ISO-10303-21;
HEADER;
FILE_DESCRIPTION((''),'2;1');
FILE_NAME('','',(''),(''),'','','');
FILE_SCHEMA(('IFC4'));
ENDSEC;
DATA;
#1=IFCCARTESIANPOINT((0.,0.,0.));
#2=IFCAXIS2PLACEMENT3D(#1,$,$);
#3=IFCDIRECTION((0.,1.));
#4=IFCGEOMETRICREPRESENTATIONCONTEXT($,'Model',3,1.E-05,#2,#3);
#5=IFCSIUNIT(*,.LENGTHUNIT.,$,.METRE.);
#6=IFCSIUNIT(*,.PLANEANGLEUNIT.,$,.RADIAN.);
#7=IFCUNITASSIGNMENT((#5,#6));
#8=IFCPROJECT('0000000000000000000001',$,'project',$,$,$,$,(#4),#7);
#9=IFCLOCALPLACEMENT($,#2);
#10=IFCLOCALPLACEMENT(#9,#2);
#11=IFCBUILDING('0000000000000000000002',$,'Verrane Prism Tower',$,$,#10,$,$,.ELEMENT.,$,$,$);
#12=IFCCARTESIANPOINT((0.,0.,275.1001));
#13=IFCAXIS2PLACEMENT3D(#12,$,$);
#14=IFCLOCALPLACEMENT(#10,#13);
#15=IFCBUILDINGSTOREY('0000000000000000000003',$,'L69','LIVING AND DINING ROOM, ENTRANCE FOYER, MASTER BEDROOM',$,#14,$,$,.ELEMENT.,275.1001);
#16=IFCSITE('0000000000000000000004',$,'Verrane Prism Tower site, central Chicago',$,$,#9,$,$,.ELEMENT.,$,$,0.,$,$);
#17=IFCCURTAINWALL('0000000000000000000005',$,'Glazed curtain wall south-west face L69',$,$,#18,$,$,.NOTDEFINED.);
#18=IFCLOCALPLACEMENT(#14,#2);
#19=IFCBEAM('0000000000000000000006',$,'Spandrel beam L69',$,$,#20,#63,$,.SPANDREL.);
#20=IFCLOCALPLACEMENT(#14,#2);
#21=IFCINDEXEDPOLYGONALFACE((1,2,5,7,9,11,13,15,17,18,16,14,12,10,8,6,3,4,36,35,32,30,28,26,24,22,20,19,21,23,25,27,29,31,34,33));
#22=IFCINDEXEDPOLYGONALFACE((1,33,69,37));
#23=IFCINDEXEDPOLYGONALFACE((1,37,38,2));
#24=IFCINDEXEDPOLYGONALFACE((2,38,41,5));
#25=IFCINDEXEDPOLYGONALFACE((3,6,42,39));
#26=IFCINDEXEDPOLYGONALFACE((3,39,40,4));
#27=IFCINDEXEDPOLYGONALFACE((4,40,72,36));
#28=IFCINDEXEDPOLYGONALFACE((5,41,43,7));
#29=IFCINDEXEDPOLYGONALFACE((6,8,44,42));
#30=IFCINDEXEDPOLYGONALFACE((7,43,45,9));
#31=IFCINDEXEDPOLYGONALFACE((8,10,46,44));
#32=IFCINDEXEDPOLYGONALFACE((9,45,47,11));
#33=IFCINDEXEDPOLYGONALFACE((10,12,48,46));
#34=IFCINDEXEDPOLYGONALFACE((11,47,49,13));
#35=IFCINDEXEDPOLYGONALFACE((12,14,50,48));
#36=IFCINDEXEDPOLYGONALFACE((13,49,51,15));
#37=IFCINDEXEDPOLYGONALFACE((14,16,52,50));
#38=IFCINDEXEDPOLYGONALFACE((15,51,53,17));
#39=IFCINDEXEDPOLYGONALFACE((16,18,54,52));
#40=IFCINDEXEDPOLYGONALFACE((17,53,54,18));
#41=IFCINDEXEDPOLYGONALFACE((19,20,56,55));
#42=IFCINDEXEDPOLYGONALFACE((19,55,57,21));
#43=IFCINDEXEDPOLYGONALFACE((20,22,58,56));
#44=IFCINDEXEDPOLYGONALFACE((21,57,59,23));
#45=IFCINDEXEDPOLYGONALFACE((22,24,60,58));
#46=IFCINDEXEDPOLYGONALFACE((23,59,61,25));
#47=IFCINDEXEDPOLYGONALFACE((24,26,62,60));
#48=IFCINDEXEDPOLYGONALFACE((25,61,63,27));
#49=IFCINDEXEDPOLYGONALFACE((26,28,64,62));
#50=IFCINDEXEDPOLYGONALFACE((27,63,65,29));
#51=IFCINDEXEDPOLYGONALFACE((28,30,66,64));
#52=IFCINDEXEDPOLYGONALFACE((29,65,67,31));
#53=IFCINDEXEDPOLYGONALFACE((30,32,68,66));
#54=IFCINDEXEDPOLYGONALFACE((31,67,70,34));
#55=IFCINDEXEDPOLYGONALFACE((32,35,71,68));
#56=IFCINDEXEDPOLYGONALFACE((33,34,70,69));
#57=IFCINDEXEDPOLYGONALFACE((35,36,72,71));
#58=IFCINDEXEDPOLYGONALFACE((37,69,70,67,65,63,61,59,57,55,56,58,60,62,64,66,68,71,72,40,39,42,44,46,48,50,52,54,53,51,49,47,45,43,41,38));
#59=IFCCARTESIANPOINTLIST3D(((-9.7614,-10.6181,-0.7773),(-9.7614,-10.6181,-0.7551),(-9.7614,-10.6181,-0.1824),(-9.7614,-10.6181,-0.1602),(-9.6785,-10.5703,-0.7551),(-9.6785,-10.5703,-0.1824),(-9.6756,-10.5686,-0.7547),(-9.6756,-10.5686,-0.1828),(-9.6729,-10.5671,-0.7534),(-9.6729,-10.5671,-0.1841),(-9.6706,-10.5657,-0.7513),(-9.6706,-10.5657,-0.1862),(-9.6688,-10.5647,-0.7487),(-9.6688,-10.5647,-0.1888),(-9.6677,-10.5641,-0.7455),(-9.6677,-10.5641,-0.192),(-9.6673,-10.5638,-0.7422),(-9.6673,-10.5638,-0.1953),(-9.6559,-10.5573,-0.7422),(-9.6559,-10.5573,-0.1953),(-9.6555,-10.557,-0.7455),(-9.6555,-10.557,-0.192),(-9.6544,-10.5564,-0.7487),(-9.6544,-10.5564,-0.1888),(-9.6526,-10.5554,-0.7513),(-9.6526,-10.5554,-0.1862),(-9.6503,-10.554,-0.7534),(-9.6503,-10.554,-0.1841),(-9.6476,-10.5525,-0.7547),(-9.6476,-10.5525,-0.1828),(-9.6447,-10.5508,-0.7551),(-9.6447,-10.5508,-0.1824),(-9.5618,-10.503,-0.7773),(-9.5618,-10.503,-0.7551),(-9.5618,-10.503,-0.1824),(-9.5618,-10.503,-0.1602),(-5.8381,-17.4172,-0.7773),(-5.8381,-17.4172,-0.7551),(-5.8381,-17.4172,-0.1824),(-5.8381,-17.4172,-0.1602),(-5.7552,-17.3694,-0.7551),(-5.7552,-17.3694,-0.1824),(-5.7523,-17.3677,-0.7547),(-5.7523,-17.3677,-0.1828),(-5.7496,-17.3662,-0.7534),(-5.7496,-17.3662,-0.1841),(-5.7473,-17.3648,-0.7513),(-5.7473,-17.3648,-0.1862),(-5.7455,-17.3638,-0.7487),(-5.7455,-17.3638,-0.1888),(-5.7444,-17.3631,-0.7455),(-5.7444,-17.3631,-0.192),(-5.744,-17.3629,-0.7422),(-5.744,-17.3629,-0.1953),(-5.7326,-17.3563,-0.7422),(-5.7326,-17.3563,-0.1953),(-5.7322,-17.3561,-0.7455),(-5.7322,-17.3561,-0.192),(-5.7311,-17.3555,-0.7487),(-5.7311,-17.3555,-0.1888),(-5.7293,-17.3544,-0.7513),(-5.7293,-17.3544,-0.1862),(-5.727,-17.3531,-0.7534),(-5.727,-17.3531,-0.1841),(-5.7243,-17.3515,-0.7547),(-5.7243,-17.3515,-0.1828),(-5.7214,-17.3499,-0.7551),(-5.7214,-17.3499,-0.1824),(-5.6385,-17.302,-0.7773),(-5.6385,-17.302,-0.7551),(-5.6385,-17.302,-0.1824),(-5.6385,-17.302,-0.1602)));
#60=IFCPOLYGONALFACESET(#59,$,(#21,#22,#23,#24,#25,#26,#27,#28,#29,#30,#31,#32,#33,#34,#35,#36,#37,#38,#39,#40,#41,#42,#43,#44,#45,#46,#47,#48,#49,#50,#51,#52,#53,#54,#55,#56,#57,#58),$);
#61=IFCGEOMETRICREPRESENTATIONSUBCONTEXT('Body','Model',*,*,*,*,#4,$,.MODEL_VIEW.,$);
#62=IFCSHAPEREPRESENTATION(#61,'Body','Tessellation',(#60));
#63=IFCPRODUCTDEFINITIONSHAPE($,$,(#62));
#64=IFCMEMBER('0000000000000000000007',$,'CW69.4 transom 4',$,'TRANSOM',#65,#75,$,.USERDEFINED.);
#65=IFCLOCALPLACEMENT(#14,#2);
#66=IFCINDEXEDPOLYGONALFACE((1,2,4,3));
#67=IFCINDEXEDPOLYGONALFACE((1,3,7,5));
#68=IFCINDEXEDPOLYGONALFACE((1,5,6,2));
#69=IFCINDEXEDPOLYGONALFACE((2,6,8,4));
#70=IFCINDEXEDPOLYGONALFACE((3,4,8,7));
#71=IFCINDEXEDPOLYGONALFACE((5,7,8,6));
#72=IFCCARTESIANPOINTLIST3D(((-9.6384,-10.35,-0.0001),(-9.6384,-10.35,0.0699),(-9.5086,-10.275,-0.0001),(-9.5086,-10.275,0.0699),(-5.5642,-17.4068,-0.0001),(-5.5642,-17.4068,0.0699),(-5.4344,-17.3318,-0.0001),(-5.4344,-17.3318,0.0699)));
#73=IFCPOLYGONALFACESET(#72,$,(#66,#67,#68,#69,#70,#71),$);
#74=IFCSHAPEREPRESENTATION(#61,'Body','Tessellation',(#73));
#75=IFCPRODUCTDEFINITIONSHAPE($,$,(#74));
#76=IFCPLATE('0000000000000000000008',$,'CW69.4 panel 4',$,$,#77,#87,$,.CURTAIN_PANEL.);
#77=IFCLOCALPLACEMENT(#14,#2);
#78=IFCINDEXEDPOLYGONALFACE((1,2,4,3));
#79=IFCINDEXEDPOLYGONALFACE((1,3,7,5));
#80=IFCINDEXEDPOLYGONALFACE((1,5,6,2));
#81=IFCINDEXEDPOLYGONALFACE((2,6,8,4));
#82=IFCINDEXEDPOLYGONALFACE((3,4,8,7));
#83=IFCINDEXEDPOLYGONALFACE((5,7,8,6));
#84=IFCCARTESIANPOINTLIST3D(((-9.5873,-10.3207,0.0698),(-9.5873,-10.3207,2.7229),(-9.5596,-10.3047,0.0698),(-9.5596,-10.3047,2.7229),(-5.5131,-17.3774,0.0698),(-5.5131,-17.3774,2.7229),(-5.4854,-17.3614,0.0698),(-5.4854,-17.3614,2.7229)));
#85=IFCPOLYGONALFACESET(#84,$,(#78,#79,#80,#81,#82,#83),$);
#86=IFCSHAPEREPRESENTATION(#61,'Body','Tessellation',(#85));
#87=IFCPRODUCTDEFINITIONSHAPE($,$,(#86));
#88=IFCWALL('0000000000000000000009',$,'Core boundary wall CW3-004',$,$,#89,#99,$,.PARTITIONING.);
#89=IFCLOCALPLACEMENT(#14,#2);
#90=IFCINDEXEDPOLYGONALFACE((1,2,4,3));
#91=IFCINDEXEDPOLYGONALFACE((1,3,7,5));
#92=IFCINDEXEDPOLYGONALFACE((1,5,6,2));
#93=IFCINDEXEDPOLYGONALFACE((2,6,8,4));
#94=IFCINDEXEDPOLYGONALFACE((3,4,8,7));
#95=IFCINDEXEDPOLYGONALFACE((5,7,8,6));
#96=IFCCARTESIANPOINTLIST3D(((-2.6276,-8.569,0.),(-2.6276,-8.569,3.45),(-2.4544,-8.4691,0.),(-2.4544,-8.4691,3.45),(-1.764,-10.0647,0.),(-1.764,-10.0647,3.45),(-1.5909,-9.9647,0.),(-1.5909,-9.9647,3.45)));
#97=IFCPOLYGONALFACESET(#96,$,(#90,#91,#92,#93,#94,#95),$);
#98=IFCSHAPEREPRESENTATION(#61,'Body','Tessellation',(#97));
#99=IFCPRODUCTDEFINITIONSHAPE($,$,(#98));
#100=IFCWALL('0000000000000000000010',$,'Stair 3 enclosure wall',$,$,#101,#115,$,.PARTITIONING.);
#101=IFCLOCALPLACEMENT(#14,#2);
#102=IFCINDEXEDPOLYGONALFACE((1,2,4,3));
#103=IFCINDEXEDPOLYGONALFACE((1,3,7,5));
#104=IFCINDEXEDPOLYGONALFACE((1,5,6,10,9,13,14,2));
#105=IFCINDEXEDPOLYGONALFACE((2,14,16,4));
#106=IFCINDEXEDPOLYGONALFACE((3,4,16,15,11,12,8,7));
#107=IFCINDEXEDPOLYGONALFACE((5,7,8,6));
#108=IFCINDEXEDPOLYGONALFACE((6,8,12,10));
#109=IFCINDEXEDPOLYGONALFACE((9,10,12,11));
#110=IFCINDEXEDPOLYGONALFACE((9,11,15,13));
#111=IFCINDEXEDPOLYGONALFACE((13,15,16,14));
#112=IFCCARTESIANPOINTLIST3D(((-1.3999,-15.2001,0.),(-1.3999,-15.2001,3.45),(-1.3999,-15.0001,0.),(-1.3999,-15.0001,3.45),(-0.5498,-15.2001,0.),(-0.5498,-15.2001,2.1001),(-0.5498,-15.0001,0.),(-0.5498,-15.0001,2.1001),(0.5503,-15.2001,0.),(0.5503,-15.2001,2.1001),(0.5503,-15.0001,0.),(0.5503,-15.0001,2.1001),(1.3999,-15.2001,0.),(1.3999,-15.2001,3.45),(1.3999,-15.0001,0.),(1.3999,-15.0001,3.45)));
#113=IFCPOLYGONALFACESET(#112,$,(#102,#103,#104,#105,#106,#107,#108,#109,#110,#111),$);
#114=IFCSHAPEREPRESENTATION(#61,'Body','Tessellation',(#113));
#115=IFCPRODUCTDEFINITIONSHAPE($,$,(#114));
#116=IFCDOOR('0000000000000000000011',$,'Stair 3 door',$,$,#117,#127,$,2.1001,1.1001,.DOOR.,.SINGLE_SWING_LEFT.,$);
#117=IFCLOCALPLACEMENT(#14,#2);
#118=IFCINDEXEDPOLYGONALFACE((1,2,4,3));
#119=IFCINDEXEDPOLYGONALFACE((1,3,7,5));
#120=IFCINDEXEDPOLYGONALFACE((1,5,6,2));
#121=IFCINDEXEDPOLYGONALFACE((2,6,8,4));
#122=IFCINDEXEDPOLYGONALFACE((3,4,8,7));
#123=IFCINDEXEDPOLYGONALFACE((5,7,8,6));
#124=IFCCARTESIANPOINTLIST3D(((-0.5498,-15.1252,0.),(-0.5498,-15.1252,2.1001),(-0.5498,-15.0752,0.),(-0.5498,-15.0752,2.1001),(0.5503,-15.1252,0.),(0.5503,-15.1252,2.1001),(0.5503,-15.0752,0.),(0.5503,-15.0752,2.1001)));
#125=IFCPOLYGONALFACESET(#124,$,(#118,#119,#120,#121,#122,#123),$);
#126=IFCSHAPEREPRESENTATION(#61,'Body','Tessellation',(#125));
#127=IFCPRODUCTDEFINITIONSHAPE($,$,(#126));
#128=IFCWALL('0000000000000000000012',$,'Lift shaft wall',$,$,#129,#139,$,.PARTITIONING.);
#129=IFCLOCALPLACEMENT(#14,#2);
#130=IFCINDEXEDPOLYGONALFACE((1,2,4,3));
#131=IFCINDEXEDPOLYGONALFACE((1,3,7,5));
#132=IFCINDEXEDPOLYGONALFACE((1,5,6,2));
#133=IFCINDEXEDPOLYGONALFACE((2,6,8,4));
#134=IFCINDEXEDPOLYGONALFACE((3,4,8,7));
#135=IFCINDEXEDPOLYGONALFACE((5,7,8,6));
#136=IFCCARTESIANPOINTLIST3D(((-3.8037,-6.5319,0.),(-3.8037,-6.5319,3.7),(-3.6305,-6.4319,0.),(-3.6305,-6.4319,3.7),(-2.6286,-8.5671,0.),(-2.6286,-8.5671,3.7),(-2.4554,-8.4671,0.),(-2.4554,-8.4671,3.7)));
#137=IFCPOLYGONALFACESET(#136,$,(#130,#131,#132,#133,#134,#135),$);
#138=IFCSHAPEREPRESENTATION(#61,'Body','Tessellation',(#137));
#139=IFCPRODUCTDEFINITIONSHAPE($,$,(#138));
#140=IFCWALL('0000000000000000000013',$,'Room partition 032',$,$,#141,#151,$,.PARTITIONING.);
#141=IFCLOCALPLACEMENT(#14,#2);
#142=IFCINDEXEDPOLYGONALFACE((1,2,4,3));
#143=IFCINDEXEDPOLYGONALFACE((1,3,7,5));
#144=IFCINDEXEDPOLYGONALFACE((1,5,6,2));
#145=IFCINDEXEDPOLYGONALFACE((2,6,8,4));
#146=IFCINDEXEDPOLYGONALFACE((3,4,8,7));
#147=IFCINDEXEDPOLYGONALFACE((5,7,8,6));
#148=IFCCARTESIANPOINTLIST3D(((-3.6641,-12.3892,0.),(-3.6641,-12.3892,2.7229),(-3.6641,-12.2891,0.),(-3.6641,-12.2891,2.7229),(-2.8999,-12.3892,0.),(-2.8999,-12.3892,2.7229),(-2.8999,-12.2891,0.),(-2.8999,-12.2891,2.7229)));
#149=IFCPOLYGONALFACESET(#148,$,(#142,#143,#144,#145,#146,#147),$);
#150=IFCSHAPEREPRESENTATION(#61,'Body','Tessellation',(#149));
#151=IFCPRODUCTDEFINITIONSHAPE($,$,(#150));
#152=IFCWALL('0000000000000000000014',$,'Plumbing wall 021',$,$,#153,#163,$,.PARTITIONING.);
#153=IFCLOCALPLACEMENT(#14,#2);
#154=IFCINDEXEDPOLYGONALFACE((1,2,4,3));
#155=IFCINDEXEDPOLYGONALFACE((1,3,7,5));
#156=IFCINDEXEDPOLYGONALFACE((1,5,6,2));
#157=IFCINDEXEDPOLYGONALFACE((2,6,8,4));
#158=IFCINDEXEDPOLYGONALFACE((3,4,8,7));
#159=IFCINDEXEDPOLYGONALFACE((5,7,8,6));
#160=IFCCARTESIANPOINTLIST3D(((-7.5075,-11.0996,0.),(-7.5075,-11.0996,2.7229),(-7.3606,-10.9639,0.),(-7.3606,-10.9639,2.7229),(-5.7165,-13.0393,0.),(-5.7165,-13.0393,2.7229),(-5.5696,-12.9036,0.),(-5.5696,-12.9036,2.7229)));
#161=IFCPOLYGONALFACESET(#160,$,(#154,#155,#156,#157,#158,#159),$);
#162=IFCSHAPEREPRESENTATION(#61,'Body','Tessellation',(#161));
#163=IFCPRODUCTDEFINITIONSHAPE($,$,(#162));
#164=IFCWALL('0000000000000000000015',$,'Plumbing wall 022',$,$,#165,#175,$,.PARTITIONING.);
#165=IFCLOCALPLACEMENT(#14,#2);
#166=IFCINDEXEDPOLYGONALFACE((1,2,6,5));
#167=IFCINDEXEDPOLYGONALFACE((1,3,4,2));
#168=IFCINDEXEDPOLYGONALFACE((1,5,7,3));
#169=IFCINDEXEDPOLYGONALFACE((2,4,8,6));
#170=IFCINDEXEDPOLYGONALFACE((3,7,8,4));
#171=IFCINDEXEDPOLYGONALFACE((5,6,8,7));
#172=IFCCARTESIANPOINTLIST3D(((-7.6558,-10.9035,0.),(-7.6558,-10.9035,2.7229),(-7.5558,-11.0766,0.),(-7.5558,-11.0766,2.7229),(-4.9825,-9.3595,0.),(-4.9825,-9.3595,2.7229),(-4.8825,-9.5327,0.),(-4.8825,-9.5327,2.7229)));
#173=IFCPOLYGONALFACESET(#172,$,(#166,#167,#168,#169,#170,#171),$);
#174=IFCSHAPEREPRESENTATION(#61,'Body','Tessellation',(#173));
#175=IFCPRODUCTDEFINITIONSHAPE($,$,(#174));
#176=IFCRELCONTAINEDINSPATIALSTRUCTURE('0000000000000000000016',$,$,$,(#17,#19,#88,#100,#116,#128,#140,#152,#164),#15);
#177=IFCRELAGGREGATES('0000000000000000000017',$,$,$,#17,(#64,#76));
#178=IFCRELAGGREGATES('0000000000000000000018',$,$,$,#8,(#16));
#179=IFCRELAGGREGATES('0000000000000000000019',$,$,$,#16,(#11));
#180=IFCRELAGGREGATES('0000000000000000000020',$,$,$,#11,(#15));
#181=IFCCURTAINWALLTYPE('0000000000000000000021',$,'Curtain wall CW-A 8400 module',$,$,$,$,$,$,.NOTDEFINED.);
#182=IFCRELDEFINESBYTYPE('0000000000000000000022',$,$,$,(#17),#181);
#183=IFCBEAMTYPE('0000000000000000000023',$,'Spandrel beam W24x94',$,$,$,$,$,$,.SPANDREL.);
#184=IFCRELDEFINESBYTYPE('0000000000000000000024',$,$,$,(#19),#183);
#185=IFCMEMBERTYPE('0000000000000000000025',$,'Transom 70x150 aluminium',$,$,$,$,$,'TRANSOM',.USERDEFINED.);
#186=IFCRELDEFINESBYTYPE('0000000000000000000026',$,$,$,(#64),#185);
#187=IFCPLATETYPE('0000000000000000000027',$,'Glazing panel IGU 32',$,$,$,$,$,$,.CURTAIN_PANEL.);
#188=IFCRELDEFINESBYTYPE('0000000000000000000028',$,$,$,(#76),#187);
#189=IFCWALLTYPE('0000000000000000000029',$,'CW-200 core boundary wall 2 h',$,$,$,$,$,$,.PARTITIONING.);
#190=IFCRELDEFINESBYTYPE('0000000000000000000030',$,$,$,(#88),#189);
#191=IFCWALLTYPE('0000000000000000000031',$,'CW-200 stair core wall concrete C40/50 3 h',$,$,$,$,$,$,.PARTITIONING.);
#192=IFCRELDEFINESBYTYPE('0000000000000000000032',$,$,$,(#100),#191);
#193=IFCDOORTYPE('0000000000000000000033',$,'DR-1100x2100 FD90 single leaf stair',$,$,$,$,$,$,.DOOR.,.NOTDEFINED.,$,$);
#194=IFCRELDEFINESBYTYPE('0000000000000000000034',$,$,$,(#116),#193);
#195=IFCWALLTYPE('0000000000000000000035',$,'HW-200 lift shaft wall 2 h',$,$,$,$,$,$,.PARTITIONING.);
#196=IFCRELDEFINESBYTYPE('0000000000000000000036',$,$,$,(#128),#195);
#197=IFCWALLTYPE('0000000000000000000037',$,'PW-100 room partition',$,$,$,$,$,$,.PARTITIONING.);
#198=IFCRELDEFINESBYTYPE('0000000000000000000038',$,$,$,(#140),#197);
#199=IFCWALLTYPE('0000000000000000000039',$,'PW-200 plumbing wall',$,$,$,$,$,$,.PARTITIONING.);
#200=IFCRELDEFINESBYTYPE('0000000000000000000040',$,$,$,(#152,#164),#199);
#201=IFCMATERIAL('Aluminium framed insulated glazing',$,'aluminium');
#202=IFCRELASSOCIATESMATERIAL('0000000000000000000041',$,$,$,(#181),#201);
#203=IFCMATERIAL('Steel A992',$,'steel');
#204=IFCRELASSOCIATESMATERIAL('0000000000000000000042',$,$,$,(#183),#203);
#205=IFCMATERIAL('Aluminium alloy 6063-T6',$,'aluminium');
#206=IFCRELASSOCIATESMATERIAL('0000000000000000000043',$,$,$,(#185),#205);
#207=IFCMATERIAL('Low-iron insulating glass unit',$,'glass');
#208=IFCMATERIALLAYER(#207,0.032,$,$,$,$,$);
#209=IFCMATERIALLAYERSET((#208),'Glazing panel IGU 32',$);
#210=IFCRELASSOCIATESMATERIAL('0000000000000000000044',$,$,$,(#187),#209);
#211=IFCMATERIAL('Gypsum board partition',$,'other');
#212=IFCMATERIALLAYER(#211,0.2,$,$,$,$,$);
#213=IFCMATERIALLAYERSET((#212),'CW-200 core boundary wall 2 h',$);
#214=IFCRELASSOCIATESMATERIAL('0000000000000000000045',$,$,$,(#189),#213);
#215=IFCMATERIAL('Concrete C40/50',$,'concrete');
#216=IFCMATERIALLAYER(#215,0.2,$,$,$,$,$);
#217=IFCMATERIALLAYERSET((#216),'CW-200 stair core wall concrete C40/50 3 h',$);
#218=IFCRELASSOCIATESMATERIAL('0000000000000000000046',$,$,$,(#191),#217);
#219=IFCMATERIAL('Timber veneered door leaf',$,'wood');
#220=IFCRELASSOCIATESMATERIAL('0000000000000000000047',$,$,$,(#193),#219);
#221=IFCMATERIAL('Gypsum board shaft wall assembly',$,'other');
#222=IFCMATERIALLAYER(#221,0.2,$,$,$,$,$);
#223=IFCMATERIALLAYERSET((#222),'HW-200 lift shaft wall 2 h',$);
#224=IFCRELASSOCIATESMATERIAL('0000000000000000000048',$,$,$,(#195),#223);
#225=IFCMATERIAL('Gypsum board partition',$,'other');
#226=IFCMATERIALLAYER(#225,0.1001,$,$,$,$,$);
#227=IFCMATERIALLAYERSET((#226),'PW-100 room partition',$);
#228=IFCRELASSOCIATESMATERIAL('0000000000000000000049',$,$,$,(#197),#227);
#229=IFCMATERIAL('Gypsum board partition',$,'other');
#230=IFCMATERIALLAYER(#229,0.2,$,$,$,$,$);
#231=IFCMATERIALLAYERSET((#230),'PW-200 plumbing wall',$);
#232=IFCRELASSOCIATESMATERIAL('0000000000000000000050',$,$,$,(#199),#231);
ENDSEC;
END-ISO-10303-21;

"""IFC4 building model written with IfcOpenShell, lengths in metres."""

from ifc_helpers import new_model, si_unit, direction, frame, frame_2d, origin, origin_2d, place, context, subcontext, project, spatial, rectangle, i_section, extrude, material, layer, layer_set, material_profile, profile_set, type_object, element, fill, aggregate, save


model = new_model("IFC4")

# Units and contexts
model_context = context("Model", 3, precision=1e-05, world=origin(), true_north=direction((0.0, 1.0)))
body_context = subcontext(model_context, "Body", "Model", "MODEL_VIEW")
ifc_project = project(units=[si_unit("LENGTHUNIT", "METRE"), si_unit("PLANEANGLEUNIT", "RADIAN")], contexts=[model_context])

# Site, building, storey
site_placement = place(None, origin())
site = spatial("IfcSite", under=ifc_project, at=site_placement, Name="Verrane Prism Tower site, central Chicago", CompositionType="ELEMENT", RefElevation=0.0)
building_placement = place(site_placement, origin())
building = spatial("IfcBuilding", under=site, at=building_placement, Name="Verrane Prism Tower", CompositionType="ELEMENT")
storey_placement = place(building_placement, frame((0.0, 0.0, 275.1001)))
storey = spatial("IfcBuildingStorey", under=building, at=storey_placement, Name="L69", Description="LIVING AND DINING ROOM, ENTRANCE FOYER, MASTER BEDROOM", CompositionType="ELEMENT", Elevation=275.1001)

# Curtain wall
ifc_material_1 = material(Name="Aluminium framed insulated glazing", Category="aluminium")
curtain_wall_type = type_object("IfcCurtainWallType", Name="Curtain wall CW-A 8400 module", PredefinedType="NOTDEFINED", material=ifc_material_1)
curtain_wall_placement = place(storey_placement, origin())
curtain_wall = element("IfcCurtainWall", 1, at=curtain_wall_placement, inside=storey, type_object=curtain_wall_type, Name="Glazed curtain wall south-west face L69", PredefinedType="NOTDEFINED")

# Beam
ifc_material_2 = material(Name="Steel A992", Category="steel")
ifc_material_profile_1 = material_profile(ifc_material_2, i_section(OverallWidth=0.2305, OverallDepth=0.6172, WebThickness=0.0132, FlangeThickness=0.0222, FilletRadius=0.0129, at=origin_2d()), Name="W24x94")
ifc_profile_set_1 = profile_set([ifc_material_profile_1], Name="Steel A992")
beam_type_1 = type_object("IfcBeamType", Name="Spandrel beam W24x94", PredefinedType="SPANDREL", material=ifc_profile_set_1)
beam_1_placement = place(storey_placement, frame((-9.6616, -10.5605, -0.4688), z_axis=(0.499799, -0.866142, 0.0), x_axis=(0.866142, 0.499799, 0.0)))
element("IfcBeam", 2, at=beam_1_placement, inside=storey, type_object=beam_type_1, Name="Spandrel beam L69", PredefinedType="SPANDREL", context=body_context, shape_type="SweptSolid", body=[
    extrude(i_section(OverallWidth=0.2305, OverallDepth=0.6172, WebThickness=0.0132, FlangeThickness=0.0222, FilletRadius=0.0129, at=origin_2d()), origin(), (0.0, 0.0, 1.0), 7.8499),
])

# Member
ifc_material_3 = material(Name="Aluminium alloy 6063-T6", Category="aluminium")
ifc_material_profile_2 = material_profile(ifc_material_3, rectangle(XDim=0.1499, YDim=0.0701, at=origin_2d()), Name="Transom 70x150 aluminium")
ifc_profile_set_2 = profile_set([ifc_material_profile_2], Name="Aluminium alloy 6063-T6")
member_type_1 = type_object("IfcMemberType", Name="Transom 70x150 aluminium", ElementType="TRANSOM", PredefinedType="USERDEFINED", material=ifc_profile_set_2)
member_1_placement = place(storey_placement, frame((-9.5735, -10.3125, 0.0349), z_axis=(0.499993, -0.866029, 0.0), x_axis=(0.866029, 0.499993, 0.0)))
member_1 = element("IfcMember", 3, at=member_1_placement, type_object=member_type_1, Name="CW69.4 transom 4", ObjectType="TRANSOM", PredefinedType="USERDEFINED", context=body_context, shape_type="SweptSolid", body=[
    extrude(rectangle(XDim=0.1499, YDim=0.0701, at=origin_2d()), origin(), (0.0, 0.0, 1.0), 8.1484),
])

# Plate
ifc_material_4 = material(Name="Low-iron insulating glass unit", Category="glass")
ifc_layer_1 = layer(ifc_material_4, 0.032)
ifc_layer_set_1 = layer_set([ifc_layer_1], Name="Glazing panel IGU 32")
plate_type = type_object("IfcPlateType", Name="Glazing panel IGU 32", PredefinedType="CURTAIN_PANEL", material=ifc_layer_set_1)
plate_placement = place(storey_placement, frame((-7.5364, -13.8411, 0.0698), z_axis=(0.0, 0.0, 1.0), x_axis=(0.500001, -0.866025, 0.0)))
plate = element("IfcPlate", 4, at=plate_placement, type_object=plate_type, Name="CW69.4 panel 4", PredefinedType="CURTAIN_PANEL", context=body_context, shape_type="SweptSolid", body=[
    extrude(rectangle(XDim=8.1484, YDim=0.032, at=origin_2d()), origin(), (0.0, 0.0, 1.0), 2.6531),
])
aggregate(curtain_wall, [member_1, plate])

# Wall
ifc_material_5 = material(Name="Gypsum board partition", Category="other")
ifc_layer_2 = layer(ifc_material_5, 0.2)
ifc_layer_set_2 = layer_set([ifc_layer_2], Name="CW-200 core boundary wall 2 h")
wall_type_1 = type_object("IfcWallType", Name="CW-200 core boundary wall 2 h", PredefinedType="PARTITIONING", material=ifc_layer_set_2)
wall_1_placement = place(storey_placement, frame((-2.541, -8.519, 0.0), z_axis=(0.0, 0.0, 1.0), x_axis=(0.500016, -0.866016, 0.0)))
element("IfcWall", 5, at=wall_1_placement, inside=storey, type_object=wall_type_1, Name="Core boundary wall CW3-004", PredefinedType="PARTITIONING", context=body_context, shape_type="SweptSolid", body=[
    extrude(rectangle(XDim=1.7271, YDim=0.2, at=frame_2d((0.8635, 0.0))), origin(), (0.0, 0.0, 1.0), 3.45),
])

# Wall, opening, door
ifc_material_6 = material(Name="Concrete C40/50", Category="concrete")
ifc_layer_3 = layer(ifc_material_6, 0.2)
ifc_layer_set_3 = layer_set([ifc_layer_3], Name="CW-200 stair core wall concrete C40/50 3 h")
wall_type_2 = type_object("IfcWallType", Name="CW-200 stair core wall concrete C40/50 3 h", PredefinedType="PARTITIONING", material=ifc_layer_set_3)
wall_2_placement = place(storey_placement, frame((-1.3999, -15.1001, 0.0), z_axis=(0.0, 0.0, 1.0), x_axis=(1.0, 0.0, 0.0)))
wall_2 = element("IfcWall", 6, at=wall_2_placement, inside=storey, type_object=wall_type_2, Name="Stair 3 enclosure wall", PredefinedType="PARTITIONING", context=body_context, shape_type="SweptSolid", body=[
    extrude(rectangle(XDim=2.7998, YDim=0.2, at=frame_2d((1.3999, 0.0))), origin(), (0.0, 0.0, 1.0), 3.45),
])
opening_1_placement = place(wall_2_placement, frame((0.8501, 0.0, 0.0)))
opening_1 = element("IfcOpeningElement", 7, at=opening_1_placement, cuts=wall_2, PredefinedType="OPENING", context=body_context, shape_type="SweptSolid", body=[
    extrude(rectangle(XDim=1.1001, YDim=2.1001, at=frame_2d((0.55, 1.05))), frame((0.0, 0.1099, 0.0), z_axis=(0.0, -1.0, 0.0), x_axis=(1.0, 0.0, 0.0)), (0.0, 0.0, 1.0), 0.22),
])
ifc_material_7 = material(Name="Timber veneered door leaf", Category="wood")
door_type_1 = type_object("IfcDoorType", Name="DR-1100x2100 FD90 single leaf stair", OperationType="NOTDEFINED", PredefinedType="DOOR", material=ifc_material_7)
door_1_placement = place(opening_1_placement, origin())
door_1 = element("IfcDoor", 8, at=door_1_placement, inside=storey, type_object=door_type_1, Name="Stair 3 door", OperationType="SINGLE_SWING_LEFT", OverallHeight=2.1001, OverallWidth=1.1001, PredefinedType="DOOR", context=body_context, shape_type="SweptSolid", body=[
    extrude(rectangle(XDim=1.1001, YDim=2.1001, at=frame_2d((0.55, 1.05))), frame((0.0, 0.0249, 0.0), z_axis=(0.0, -1.0, 0.0), x_axis=(1.0, 0.0, 0.0)), (0.0, 0.0, 1.0), 0.05),
])
fill(opening_1, door_1)

# Walls
ifc_material_8 = material(Name="Gypsum board shaft wall assembly", Category="other")
ifc_layer_4 = layer(ifc_material_8, 0.2)
ifc_layer_set_4 = layer_set([ifc_layer_4], Name="HW-200 lift shaft wall 2 h")
wall_type_3 = type_object("IfcWallType", Name="HW-200 lift shaft wall 2 h", PredefinedType="PARTITIONING", material=ifc_layer_set_4)
wall_3_placement = place(storey_placement, frame((-2.542, -8.5171, 0.0), z_axis=(0.0, 0.0, 1.0), x_axis=(-0.500016, 0.866016, 0.0)))
element("IfcWall", 9, at=wall_3_placement, inside=storey, type_object=wall_type_3, Name="Lift shaft wall", PredefinedType="PARTITIONING", context=body_context, shape_type="SweptSolid", body=[
    extrude(rectangle(XDim=2.3501, YDim=0.2, at=frame_2d((1.175, 0.0))), origin(), (0.0, 0.0, 1.0), 3.7),
])
ifc_material_9 = material(Name="Gypsum board partition", Category="other")
ifc_layer_5 = layer(ifc_material_9, 0.1001)
ifc_layer_set_5 = layer_set([ifc_layer_5], Name="PW-100 room partition")
wall_type_4 = type_object("IfcWallType", Name="PW-100 room partition", PredefinedType="PARTITIONING", material=ifc_layer_set_5)
wall_4_placement = place(storey_placement, frame((-3.6641, -12.3391, 0.0), z_axis=(0.0, 0.0, 1.0), x_axis=(1.0, 0.0, 0.0)))
element("IfcWall", 10, at=wall_4_placement, inside=storey, type_object=wall_type_4, Name="Room partition 032", PredefinedType="PARTITIONING", context=body_context, shape_type="SweptSolid", body=[
    extrude(rectangle(XDim=0.7642, YDim=0.1001, at=frame_2d((0.3821, 0.0))), origin(), (0.0, 0.0, 1.0), 2.7229),
])
ifc_material_10 = material(Name="Gypsum board partition", Category="other")
ifc_layer_6 = layer(ifc_material_10, 0.2)
ifc_layer_set_6 = layer_set([ifc_layer_6], Name="PW-200 plumbing wall")
wall_type_5 = type_object("IfcWallType", Name="PW-200 plumbing wall", PredefinedType="PARTITIONING", material=ifc_layer_set_6)
wall_5_placement = place(storey_placement, frame((-7.4341, -11.0317, 0.0), z_axis=(0.0, 0.0, 1.0), x_axis=(0.678388, -0.734704, 0.0)))
element("IfcWall", 11, at=wall_5_placement, inside=storey, type_object=wall_type_5, Name="Plumbing wall 021", PredefinedType="PARTITIONING", context=body_context, shape_type="SweptSolid", body=[
    extrude(rectangle(XDim=2.6401, YDim=0.2, at=frame_2d((1.3201, 0.0))), origin(), (0.0, 0.0, 1.0), 2.7229),
])
wall_6_placement = place(storey_placement, frame((-7.6057, -10.99, 0.0), z_axis=(0.0, 0.0, 1.0), x_axis=(0.865956, 0.500119, 0.0)))
element("IfcWall", 12, at=wall_6_placement, inside=storey, type_object=wall_type_5, Name="Plumbing wall 022", PredefinedType="PARTITIONING", context=body_context, shape_type="SweptSolid", body=[
    extrude(rectangle(XDim=3.0872, YDim=0.2, at=frame_2d((1.5435, 0.0))), origin(), (0.0, 0.0, 1.0), 2.7229),
])

save(model, "model.ifc")
